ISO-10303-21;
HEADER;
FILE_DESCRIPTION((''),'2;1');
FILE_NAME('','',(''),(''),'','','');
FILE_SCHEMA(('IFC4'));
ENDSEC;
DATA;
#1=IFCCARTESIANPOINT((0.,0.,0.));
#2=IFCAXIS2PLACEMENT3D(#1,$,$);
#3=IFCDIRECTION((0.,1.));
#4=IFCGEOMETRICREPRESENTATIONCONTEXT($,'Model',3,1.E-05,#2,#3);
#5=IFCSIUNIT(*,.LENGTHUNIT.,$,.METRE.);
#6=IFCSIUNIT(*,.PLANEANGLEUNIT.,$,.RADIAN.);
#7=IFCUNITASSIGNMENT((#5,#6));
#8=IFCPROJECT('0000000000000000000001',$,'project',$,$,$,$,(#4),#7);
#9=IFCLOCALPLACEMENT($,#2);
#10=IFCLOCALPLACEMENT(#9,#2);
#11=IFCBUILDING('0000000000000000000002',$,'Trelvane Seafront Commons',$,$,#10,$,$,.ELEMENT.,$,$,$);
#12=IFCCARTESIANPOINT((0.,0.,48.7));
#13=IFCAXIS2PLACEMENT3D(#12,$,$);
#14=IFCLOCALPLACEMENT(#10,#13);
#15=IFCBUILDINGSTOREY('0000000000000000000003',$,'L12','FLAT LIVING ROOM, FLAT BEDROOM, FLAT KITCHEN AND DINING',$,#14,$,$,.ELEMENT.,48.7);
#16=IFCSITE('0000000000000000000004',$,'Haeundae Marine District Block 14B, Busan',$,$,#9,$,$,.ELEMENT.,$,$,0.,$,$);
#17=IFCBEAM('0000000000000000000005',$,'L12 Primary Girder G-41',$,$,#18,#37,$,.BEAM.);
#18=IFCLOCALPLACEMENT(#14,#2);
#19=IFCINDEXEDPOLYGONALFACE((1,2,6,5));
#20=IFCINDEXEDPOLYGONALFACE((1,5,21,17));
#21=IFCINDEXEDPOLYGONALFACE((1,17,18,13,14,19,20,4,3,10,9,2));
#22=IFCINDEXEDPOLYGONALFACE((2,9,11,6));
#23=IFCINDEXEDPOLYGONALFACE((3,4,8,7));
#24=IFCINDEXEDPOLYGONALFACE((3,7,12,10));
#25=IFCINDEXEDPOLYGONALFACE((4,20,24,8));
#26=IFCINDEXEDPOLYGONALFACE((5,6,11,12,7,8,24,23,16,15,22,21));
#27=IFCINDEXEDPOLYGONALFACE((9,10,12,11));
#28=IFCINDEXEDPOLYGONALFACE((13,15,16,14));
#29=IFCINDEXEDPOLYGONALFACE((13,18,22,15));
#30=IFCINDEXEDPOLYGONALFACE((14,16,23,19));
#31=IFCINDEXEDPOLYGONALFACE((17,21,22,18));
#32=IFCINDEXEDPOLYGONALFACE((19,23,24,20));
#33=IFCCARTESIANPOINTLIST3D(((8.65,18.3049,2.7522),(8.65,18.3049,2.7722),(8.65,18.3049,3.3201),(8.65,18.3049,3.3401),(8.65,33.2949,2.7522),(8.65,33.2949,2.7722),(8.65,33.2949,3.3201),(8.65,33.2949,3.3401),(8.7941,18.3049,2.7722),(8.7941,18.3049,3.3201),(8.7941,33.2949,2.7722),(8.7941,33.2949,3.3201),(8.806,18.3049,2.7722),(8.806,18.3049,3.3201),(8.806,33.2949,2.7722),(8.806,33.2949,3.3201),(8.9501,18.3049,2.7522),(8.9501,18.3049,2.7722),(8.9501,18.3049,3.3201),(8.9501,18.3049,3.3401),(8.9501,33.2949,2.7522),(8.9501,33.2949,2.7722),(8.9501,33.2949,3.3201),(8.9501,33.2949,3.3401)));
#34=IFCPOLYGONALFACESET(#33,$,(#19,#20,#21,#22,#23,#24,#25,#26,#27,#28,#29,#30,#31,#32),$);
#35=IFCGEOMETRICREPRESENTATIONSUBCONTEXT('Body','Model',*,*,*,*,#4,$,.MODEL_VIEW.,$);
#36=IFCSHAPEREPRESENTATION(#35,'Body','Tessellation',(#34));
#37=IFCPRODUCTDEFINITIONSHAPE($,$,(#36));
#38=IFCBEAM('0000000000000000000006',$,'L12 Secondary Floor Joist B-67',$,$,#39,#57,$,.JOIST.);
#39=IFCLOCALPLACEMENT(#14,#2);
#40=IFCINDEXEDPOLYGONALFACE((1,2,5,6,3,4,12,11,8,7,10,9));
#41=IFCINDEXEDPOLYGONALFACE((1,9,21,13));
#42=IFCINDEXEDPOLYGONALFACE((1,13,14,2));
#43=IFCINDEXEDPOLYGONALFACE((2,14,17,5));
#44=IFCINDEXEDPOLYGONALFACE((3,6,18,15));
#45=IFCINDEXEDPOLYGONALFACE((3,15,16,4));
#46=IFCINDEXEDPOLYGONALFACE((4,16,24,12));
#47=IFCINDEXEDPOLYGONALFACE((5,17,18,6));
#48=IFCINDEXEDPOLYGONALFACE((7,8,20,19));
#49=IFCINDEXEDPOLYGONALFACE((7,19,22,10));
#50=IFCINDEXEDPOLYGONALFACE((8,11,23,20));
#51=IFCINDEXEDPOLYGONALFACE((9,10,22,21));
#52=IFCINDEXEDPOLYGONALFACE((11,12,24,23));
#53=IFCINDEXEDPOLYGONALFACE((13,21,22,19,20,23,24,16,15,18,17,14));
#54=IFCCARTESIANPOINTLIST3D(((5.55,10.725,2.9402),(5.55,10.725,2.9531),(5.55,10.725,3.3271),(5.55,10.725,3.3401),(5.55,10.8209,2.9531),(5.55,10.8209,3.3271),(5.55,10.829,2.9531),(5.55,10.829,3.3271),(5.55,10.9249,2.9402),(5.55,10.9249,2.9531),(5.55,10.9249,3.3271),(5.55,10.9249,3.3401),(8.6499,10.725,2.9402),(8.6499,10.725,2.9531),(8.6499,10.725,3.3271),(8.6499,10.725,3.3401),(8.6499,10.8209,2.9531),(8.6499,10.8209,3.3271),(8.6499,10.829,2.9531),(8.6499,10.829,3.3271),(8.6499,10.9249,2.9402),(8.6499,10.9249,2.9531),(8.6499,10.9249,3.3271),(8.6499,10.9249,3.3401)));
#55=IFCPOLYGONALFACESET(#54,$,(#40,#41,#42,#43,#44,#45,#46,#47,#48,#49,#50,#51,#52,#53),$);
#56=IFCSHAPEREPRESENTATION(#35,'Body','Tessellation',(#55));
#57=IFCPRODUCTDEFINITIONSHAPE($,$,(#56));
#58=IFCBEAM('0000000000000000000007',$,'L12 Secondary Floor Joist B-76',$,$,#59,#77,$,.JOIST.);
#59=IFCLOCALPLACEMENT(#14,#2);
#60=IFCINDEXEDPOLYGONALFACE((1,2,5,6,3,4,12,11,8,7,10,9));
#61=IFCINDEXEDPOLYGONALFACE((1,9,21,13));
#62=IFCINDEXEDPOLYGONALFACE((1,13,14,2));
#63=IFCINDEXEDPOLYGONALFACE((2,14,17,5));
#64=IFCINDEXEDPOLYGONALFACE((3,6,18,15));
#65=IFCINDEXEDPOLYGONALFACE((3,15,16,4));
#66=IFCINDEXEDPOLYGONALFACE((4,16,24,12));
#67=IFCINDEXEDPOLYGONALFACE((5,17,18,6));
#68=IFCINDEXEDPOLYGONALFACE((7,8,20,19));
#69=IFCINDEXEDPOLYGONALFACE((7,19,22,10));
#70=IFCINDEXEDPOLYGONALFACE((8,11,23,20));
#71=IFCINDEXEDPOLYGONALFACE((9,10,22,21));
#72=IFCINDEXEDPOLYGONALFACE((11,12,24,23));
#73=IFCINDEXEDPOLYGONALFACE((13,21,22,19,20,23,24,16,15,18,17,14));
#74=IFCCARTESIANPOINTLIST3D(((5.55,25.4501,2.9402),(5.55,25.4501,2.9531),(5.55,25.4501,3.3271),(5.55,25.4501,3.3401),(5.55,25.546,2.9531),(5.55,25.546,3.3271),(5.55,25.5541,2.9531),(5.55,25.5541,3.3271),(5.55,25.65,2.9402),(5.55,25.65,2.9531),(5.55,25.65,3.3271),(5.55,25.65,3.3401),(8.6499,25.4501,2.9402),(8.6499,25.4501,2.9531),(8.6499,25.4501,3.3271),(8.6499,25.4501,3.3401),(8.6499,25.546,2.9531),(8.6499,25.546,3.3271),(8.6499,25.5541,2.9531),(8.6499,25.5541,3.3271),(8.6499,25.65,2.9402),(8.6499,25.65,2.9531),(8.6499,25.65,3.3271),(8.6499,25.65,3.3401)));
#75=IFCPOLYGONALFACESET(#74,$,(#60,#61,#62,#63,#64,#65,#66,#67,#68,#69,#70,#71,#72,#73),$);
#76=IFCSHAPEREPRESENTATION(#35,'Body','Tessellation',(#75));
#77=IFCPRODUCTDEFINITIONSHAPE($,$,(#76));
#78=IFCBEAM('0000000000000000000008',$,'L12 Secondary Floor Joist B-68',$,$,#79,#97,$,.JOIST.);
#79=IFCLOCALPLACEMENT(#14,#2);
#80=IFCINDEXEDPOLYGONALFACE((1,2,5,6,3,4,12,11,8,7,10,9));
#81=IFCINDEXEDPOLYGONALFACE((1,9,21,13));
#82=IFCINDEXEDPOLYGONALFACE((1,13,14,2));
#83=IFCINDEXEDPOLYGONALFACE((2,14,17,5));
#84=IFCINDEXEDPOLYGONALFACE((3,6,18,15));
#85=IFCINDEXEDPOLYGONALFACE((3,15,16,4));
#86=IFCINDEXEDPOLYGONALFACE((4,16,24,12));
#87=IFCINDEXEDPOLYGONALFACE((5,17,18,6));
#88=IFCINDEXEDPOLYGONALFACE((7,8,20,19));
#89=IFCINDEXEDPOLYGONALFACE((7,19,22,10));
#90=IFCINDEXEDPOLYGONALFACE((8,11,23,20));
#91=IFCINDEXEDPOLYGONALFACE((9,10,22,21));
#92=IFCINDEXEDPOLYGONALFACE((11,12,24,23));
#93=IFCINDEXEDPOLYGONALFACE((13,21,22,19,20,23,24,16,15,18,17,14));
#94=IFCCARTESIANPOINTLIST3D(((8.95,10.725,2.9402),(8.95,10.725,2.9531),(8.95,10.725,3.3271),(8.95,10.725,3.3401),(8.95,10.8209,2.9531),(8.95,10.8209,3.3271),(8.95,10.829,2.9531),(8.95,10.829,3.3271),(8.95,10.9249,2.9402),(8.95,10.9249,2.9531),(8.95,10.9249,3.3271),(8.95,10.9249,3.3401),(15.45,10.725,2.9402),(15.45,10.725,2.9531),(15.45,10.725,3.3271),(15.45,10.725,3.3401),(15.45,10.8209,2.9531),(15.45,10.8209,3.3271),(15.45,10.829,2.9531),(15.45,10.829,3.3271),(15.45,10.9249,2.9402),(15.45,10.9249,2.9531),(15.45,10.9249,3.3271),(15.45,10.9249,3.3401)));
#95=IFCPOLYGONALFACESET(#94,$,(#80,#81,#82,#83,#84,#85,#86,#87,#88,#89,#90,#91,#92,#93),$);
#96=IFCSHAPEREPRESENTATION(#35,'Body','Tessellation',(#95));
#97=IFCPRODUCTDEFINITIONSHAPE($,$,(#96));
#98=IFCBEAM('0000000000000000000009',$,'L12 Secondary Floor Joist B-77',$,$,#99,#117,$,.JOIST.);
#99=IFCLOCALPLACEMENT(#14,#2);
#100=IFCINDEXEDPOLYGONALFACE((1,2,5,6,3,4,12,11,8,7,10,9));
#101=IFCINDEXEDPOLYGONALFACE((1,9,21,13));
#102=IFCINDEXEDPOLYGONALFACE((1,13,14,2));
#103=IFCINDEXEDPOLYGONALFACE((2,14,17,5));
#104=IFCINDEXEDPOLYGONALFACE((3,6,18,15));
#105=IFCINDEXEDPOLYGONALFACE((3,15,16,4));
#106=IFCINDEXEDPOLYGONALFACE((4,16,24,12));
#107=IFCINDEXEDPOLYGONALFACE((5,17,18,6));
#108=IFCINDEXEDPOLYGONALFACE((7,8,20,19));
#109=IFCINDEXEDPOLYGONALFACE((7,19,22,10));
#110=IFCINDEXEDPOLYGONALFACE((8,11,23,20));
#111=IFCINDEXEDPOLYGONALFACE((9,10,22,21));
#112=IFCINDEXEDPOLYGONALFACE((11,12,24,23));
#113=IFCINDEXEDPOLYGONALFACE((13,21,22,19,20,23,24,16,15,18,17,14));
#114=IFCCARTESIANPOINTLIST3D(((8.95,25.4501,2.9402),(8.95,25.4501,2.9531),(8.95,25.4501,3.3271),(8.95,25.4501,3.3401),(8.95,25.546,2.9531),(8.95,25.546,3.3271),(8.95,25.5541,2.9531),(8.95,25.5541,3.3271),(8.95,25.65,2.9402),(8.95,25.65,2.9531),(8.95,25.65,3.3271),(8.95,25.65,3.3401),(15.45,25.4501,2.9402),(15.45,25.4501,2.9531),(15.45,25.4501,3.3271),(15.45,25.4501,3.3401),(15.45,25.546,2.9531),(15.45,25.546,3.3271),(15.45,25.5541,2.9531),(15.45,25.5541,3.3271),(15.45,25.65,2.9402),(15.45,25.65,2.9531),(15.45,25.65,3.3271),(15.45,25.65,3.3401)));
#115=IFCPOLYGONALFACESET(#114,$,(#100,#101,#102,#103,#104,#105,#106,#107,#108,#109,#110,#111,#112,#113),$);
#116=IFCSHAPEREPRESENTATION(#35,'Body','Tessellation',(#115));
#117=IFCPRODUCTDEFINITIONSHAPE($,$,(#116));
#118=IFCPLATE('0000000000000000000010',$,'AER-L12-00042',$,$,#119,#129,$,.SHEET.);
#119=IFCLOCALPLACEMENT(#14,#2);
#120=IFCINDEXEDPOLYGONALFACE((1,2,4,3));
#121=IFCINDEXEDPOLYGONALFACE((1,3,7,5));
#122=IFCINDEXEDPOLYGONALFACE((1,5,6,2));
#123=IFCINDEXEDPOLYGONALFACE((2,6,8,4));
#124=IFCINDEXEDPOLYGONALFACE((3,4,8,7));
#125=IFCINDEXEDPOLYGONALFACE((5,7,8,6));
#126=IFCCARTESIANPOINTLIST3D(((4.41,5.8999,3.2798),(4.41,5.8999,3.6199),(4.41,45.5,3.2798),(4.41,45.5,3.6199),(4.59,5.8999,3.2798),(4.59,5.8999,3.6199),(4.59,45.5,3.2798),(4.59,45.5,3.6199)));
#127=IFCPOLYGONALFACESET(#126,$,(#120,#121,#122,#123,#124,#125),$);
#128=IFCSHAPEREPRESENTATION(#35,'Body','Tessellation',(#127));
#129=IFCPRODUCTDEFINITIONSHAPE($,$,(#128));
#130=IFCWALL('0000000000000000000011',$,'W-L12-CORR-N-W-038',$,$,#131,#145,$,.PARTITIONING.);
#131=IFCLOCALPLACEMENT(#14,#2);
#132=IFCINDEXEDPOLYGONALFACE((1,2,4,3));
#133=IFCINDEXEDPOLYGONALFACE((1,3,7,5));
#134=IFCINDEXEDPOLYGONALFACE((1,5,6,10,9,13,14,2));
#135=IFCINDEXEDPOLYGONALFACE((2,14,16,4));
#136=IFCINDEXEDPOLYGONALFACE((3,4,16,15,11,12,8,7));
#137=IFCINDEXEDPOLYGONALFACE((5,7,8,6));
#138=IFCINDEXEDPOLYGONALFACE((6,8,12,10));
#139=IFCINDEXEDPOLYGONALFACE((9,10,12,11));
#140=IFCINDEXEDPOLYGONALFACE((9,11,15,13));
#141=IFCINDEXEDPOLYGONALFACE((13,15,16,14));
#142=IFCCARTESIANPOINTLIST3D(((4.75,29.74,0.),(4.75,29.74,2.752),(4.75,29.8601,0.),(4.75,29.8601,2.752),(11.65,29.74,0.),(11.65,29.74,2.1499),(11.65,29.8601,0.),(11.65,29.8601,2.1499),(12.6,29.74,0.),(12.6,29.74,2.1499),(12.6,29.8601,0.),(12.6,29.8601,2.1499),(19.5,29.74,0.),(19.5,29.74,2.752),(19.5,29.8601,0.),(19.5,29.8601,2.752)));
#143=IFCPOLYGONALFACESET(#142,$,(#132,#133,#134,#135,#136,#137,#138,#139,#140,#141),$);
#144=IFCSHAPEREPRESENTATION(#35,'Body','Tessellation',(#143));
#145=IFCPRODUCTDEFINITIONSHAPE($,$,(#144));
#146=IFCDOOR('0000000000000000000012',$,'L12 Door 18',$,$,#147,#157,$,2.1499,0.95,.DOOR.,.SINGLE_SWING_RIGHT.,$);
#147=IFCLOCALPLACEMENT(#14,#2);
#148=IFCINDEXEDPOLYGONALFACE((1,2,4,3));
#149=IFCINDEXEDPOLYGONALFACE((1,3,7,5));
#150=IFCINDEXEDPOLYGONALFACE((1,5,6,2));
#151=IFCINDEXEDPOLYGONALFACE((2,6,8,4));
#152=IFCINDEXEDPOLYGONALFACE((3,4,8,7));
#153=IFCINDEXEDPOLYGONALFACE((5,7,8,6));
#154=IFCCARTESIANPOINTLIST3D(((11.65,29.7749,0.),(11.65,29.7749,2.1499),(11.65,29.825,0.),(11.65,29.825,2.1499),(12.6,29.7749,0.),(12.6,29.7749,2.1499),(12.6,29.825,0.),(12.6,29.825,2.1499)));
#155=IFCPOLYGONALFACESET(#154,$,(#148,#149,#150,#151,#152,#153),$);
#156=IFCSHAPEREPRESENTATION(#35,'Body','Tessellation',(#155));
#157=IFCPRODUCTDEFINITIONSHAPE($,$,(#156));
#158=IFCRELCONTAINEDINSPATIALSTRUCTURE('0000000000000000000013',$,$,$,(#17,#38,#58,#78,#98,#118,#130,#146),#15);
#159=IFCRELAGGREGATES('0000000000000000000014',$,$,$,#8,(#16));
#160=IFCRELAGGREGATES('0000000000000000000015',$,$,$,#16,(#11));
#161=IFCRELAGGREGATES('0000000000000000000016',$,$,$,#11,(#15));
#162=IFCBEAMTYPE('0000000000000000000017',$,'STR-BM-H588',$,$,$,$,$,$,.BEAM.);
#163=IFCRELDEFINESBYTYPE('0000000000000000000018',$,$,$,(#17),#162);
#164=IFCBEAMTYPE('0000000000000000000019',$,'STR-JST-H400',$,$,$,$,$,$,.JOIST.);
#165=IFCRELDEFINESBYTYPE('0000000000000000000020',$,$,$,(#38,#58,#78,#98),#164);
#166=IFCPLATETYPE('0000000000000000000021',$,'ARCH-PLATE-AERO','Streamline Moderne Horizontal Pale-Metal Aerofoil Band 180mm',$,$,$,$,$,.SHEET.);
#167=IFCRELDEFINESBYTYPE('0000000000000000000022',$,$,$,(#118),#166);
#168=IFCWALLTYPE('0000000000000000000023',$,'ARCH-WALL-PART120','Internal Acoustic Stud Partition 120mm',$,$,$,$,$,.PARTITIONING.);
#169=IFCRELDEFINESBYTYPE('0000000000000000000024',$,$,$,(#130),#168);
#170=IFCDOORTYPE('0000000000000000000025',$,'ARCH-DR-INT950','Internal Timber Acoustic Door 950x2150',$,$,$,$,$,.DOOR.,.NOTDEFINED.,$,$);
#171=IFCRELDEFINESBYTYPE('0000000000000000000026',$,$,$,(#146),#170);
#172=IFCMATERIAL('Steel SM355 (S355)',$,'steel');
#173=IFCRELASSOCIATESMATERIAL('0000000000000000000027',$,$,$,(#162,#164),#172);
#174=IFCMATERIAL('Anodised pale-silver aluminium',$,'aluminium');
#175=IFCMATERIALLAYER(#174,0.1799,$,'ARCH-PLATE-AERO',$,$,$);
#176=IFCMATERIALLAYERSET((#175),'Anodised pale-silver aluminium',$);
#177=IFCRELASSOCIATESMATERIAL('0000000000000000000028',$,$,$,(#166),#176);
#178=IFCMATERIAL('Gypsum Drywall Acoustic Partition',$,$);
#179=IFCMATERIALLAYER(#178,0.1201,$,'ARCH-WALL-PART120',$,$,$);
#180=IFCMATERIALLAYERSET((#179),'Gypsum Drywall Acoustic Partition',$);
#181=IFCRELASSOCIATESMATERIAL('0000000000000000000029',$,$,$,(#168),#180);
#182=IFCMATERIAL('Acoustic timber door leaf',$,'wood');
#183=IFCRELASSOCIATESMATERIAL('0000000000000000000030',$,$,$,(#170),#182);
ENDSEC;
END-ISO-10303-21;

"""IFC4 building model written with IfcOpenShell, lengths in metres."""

from ifc_helpers import new_model, si_unit, direction, frame, frame_2d, origin, origin_2d, place, context, subcontext, project, spatial, rectangle, i_section, extrude, source, transform, mapped, material, layer, layer_set, material_profile, profile_set, type_object, element, fill, save


model = new_model("IFC4")

# Units and contexts
model_context = context("Model", 3, precision=1e-05, world=origin(), true_north=direction((0.0, 1.0)))
body_context = subcontext(model_context, "Body", "Model", "MODEL_VIEW")
ifc_project = project(units=[si_unit("LENGTHUNIT", "METRE"), si_unit("PLANEANGLEUNIT", "RADIAN")], contexts=[model_context])

# Site, building, storey
site_placement = place(None, origin())
site = spatial("IfcSite", under=ifc_project, at=site_placement, Name="Haeundae Marine District Block 14B, Busan", CompositionType="ELEMENT", RefElevation=0.0)
building_placement = place(site_placement, origin())
building = spatial("IfcBuilding", under=site, at=building_placement, Name="Trelvane Seafront Commons", CompositionType="ELEMENT")
storey_placement = place(building_placement, frame((0.0, 0.0, 48.7)))
storey = spatial("IfcBuildingStorey", under=building, at=storey_placement, Name="L12", Description="FLAT LIVING ROOM, FLAT BEDROOM, FLAT KITCHEN AND DINING", CompositionType="ELEMENT", Elevation=48.7)

# Shared definitions
ifc_material_1 = material(Name="Steel SM355 (S355)", Category="steel")

# Beams
ifc_material_profile_1 = material_profile(ifc_material_1, i_section(OverallWidth=0.3, OverallDepth=0.5879, WebThickness=0.012, FlangeThickness=0.02, at=origin_2d()), Name="H-588x300x12x20")
ifc_profile_set_1 = profile_set([ifc_material_profile_1], Name="Steel SM355 (S355)")
beam_type_1 = type_object("IfcBeamType", Name="STR-BM-H588", PredefinedType="BEAM", material=ifc_profile_set_1)
shared_shape_1 = source(origin(), body_context, "Body", "SweptSolid", [
    extrude(i_section(OverallWidth=0.3, OverallDepth=0.5879, WebThickness=0.012, FlangeThickness=0.02, at=origin_2d()), origin(), (0.0, 0.0, 1.0), 14.99),
])
for number, where, z_axis, x_axis, name in (
    (1, (8.8, 18.3049, 3.0461), (0.0, 1.0, 0.0), (-1.0, 0.0, 0.0), "L12 Primary Girder G-41"),
):
    element("IfcBeam", number, at=place(storey_placement, frame(where, z_axis=z_axis, x_axis=x_axis)), inside=storey, type_object=beam_type_1, Name=name, PredefinedType="BEAM", context=body_context, shape_type="MappedRepresentation", body=[
        mapped(shared_shape_1, transform((0.0, 0.0, 0.0), x_axis=(1.0, 0.0, 0.0), y_axis=(0.0, 1.0, 0.0), z_axis=(0.0, 0.0, 1.0), scale=1.0)),
    ])
ifc_material_profile_2 = material_profile(ifc_material_1, i_section(OverallWidth=0.2, OverallDepth=0.3999, WebThickness=0.0081, FlangeThickness=0.0129, at=origin_2d()), Name="H-400x200x8x13")
ifc_profile_set_2 = profile_set([ifc_material_profile_2], Name="Steel SM355 (S355)")
beam_type_2 = type_object("IfcBeamType", Name="STR-JST-H400", PredefinedType="JOIST", material=ifc_profile_set_2)
shared_shape_2 = source(origin(), body_context, "Body", "SweptSolid", [
    extrude(i_section(OverallWidth=0.2, OverallDepth=0.3999, WebThickness=0.0081, FlangeThickness=0.0129, at=origin_2d()), origin(), (0.0, 0.0, 1.0), 3.0999),
])
for number, where, z_axis, x_axis, name in (
    (2, (5.55, 10.825, 3.1401), (1.0, 0.0, 0.0), (0.0, 1.0, 0.0), "L12 Secondary Floor Joist B-67"),
    (3, (5.55, 25.55, 3.1401), (1.0, 0.0, 0.0), (0.0, 1.0, 0.0), "L12 Secondary Floor Joist B-76"),
):
    element("IfcBeam", number, at=place(storey_placement, frame(where, z_axis=z_axis, x_axis=x_axis)), inside=storey, type_object=beam_type_2, Name=name, PredefinedType="JOIST", context=body_context, shape_type="MappedRepresentation", body=[
        mapped(shared_shape_2, transform((0.0, 0.0, 0.0), x_axis=(1.0, 0.0, 0.0), y_axis=(0.0, 1.0, 0.0), z_axis=(0.0, 0.0, 1.0), scale=1.0)),
    ])
shared_shape_3 = source(origin(), body_context, "Body", "SweptSolid", [
    extrude(i_section(OverallWidth=0.2, OverallDepth=0.3999, WebThickness=0.0081, FlangeThickness=0.0129, at=origin_2d()), origin(), (0.0, 0.0, 1.0), 6.5),
])
for number, where, z_axis, x_axis, name in (
    (4, (8.95, 10.825, 3.1401), (1.0, 0.0, 0.0), (0.0, 1.0, 0.0), "L12 Secondary Floor Joist B-68"),
    (5, (8.95, 25.55, 3.1401), (1.0, 0.0, 0.0), (0.0, 1.0, 0.0), "L12 Secondary Floor Joist B-77"),
):
    element("IfcBeam", number, at=place(storey_placement, frame(where, z_axis=z_axis, x_axis=x_axis)), inside=storey, type_object=beam_type_2, Name=name, PredefinedType="JOIST", context=body_context, shape_type="MappedRepresentation", body=[
        mapped(shared_shape_3, transform((0.0, 0.0, 0.0), x_axis=(1.0, 0.0, 0.0), y_axis=(0.0, 1.0, 0.0), z_axis=(0.0, 0.0, 1.0), scale=1.0)),
    ])

# Plate
ifc_material_2 = material(Name="Anodised pale-silver aluminium", Category="aluminium")
ifc_layer_1 = layer(ifc_material_2, 0.1799, Name="ARCH-PLATE-AERO")
ifc_layer_set_1 = layer_set([ifc_layer_1], Name="Anodised pale-silver aluminium")
plate_type = type_object("IfcPlateType", Name="ARCH-PLATE-AERO", Description="Streamline Moderne Horizontal Pale-Metal Aerofoil Band 180mm", PredefinedType="SHEET", material=ifc_layer_set_1)
shared_shape_4 = source(origin(), body_context, "Body", "SweptSolid", [
    extrude(rectangle(XDim=39.6001, YDim=0.1799, at=origin_2d()), origin(), (0.0, 0.0, 1.0), 0.3401),
])
plate_placement = place(storey_placement, frame((4.5, 25.7, 3.2798), z_axis=(0.0, 0.0, 1.0), x_axis=(0.0, 1.0, 0.0)))
element("IfcPlate", 6, at=plate_placement, inside=storey, type_object=plate_type, Name="AER-L12-00042", PredefinedType="SHEET", context=body_context, shape_type="MappedRepresentation", body=[
    mapped(shared_shape_4, transform((0.0, 0.0, 0.0), x_axis=(1.0, 0.0, 0.0), y_axis=(0.0, 1.0, 0.0), z_axis=(0.0, 0.0, 1.0), scale=1.0)),
])

# Wall, opening, door
ifc_material_3 = material(Name="Gypsum Drywall Acoustic Partition")
ifc_layer_2 = layer(ifc_material_3, 0.1201, Name="ARCH-WALL-PART120")
ifc_layer_set_2 = layer_set([ifc_layer_2], Name="Gypsum Drywall Acoustic Partition")
wall_type_1 = type_object("IfcWallType", Name="ARCH-WALL-PART120", Description="Internal Acoustic Stud Partition 120mm", PredefinedType="PARTITIONING", material=ifc_layer_set_2)
wall_1_placement = place(storey_placement, frame((4.75, 29.8, 0.0), z_axis=(0.0, 0.0, 1.0), x_axis=(1.0, 0.0, 0.0)))
wall_1 = element("IfcWall", 7, at=wall_1_placement, inside=storey, type_object=wall_type_1, Name="W-L12-CORR-N-W-038", PredefinedType="PARTITIONING", context=body_context, shape_type="SweptSolid", body=[
    extrude(rectangle(XDim=14.75, YDim=0.1201, at=frame_2d((7.375, 0.0))), origin(), (0.0, 0.0, 1.0), 2.752),
])
opening_1_placement = place(wall_1_placement, frame((6.8999, 0.0, 0.0)))
opening_1 = element("IfcOpeningElement", 8, at=opening_1_placement, cuts=wall_1, PredefinedType="OPENING", context=body_context, shape_type="SweptSolid", body=[
    extrude(rectangle(XDim=0.95, YDim=2.1499, at=frame_2d((0.4751, 1.075))), frame((0.0, 0.0701, 0.0), z_axis=(0.0, -1.0, 0.0), x_axis=(1.0, 0.0, 0.0)), (0.0, 0.0, 1.0), 0.1401),
])
ifc_material_4 = material(Name="Acoustic timber door leaf", Category="wood")
door_type_1 = type_object("IfcDoorType", Name="ARCH-DR-INT950", Description="Internal Timber Acoustic Door 950x2150", OperationType="NOTDEFINED", PredefinedType="DOOR", material=ifc_material_4)
shared_shape_5 = source(origin(), body_context, "Body", "SweptSolid", [
    extrude(rectangle(XDim=0.95, YDim=2.1499, at=frame_2d((0.4751, 1.075))), frame((0.0, 0.0249, 0.0), z_axis=(0.0, -1.0, 0.0), x_axis=(1.0, 0.0, 0.0)), (0.0, 0.0, 1.0), 0.05),
])
door_1_placement = place(opening_1_placement, origin())
door_1 = element("IfcDoor", 9, at=door_1_placement, inside=storey, type_object=door_type_1, Name="L12 Door 18", OperationType="SINGLE_SWING_RIGHT", OverallHeight=2.1499, OverallWidth=0.95, PredefinedType="DOOR", context=body_context, shape_type="MappedRepresentation", body=[
    mapped(shared_shape_5, transform((0.0, 0.0, 0.0), x_axis=(1.0, 0.0, 0.0), y_axis=(0.0, 1.0, 0.0), z_axis=(0.0, 0.0, 1.0), scale=1.0)),
])
fill(opening_1, door_1)

save(model, "model.ifc")
